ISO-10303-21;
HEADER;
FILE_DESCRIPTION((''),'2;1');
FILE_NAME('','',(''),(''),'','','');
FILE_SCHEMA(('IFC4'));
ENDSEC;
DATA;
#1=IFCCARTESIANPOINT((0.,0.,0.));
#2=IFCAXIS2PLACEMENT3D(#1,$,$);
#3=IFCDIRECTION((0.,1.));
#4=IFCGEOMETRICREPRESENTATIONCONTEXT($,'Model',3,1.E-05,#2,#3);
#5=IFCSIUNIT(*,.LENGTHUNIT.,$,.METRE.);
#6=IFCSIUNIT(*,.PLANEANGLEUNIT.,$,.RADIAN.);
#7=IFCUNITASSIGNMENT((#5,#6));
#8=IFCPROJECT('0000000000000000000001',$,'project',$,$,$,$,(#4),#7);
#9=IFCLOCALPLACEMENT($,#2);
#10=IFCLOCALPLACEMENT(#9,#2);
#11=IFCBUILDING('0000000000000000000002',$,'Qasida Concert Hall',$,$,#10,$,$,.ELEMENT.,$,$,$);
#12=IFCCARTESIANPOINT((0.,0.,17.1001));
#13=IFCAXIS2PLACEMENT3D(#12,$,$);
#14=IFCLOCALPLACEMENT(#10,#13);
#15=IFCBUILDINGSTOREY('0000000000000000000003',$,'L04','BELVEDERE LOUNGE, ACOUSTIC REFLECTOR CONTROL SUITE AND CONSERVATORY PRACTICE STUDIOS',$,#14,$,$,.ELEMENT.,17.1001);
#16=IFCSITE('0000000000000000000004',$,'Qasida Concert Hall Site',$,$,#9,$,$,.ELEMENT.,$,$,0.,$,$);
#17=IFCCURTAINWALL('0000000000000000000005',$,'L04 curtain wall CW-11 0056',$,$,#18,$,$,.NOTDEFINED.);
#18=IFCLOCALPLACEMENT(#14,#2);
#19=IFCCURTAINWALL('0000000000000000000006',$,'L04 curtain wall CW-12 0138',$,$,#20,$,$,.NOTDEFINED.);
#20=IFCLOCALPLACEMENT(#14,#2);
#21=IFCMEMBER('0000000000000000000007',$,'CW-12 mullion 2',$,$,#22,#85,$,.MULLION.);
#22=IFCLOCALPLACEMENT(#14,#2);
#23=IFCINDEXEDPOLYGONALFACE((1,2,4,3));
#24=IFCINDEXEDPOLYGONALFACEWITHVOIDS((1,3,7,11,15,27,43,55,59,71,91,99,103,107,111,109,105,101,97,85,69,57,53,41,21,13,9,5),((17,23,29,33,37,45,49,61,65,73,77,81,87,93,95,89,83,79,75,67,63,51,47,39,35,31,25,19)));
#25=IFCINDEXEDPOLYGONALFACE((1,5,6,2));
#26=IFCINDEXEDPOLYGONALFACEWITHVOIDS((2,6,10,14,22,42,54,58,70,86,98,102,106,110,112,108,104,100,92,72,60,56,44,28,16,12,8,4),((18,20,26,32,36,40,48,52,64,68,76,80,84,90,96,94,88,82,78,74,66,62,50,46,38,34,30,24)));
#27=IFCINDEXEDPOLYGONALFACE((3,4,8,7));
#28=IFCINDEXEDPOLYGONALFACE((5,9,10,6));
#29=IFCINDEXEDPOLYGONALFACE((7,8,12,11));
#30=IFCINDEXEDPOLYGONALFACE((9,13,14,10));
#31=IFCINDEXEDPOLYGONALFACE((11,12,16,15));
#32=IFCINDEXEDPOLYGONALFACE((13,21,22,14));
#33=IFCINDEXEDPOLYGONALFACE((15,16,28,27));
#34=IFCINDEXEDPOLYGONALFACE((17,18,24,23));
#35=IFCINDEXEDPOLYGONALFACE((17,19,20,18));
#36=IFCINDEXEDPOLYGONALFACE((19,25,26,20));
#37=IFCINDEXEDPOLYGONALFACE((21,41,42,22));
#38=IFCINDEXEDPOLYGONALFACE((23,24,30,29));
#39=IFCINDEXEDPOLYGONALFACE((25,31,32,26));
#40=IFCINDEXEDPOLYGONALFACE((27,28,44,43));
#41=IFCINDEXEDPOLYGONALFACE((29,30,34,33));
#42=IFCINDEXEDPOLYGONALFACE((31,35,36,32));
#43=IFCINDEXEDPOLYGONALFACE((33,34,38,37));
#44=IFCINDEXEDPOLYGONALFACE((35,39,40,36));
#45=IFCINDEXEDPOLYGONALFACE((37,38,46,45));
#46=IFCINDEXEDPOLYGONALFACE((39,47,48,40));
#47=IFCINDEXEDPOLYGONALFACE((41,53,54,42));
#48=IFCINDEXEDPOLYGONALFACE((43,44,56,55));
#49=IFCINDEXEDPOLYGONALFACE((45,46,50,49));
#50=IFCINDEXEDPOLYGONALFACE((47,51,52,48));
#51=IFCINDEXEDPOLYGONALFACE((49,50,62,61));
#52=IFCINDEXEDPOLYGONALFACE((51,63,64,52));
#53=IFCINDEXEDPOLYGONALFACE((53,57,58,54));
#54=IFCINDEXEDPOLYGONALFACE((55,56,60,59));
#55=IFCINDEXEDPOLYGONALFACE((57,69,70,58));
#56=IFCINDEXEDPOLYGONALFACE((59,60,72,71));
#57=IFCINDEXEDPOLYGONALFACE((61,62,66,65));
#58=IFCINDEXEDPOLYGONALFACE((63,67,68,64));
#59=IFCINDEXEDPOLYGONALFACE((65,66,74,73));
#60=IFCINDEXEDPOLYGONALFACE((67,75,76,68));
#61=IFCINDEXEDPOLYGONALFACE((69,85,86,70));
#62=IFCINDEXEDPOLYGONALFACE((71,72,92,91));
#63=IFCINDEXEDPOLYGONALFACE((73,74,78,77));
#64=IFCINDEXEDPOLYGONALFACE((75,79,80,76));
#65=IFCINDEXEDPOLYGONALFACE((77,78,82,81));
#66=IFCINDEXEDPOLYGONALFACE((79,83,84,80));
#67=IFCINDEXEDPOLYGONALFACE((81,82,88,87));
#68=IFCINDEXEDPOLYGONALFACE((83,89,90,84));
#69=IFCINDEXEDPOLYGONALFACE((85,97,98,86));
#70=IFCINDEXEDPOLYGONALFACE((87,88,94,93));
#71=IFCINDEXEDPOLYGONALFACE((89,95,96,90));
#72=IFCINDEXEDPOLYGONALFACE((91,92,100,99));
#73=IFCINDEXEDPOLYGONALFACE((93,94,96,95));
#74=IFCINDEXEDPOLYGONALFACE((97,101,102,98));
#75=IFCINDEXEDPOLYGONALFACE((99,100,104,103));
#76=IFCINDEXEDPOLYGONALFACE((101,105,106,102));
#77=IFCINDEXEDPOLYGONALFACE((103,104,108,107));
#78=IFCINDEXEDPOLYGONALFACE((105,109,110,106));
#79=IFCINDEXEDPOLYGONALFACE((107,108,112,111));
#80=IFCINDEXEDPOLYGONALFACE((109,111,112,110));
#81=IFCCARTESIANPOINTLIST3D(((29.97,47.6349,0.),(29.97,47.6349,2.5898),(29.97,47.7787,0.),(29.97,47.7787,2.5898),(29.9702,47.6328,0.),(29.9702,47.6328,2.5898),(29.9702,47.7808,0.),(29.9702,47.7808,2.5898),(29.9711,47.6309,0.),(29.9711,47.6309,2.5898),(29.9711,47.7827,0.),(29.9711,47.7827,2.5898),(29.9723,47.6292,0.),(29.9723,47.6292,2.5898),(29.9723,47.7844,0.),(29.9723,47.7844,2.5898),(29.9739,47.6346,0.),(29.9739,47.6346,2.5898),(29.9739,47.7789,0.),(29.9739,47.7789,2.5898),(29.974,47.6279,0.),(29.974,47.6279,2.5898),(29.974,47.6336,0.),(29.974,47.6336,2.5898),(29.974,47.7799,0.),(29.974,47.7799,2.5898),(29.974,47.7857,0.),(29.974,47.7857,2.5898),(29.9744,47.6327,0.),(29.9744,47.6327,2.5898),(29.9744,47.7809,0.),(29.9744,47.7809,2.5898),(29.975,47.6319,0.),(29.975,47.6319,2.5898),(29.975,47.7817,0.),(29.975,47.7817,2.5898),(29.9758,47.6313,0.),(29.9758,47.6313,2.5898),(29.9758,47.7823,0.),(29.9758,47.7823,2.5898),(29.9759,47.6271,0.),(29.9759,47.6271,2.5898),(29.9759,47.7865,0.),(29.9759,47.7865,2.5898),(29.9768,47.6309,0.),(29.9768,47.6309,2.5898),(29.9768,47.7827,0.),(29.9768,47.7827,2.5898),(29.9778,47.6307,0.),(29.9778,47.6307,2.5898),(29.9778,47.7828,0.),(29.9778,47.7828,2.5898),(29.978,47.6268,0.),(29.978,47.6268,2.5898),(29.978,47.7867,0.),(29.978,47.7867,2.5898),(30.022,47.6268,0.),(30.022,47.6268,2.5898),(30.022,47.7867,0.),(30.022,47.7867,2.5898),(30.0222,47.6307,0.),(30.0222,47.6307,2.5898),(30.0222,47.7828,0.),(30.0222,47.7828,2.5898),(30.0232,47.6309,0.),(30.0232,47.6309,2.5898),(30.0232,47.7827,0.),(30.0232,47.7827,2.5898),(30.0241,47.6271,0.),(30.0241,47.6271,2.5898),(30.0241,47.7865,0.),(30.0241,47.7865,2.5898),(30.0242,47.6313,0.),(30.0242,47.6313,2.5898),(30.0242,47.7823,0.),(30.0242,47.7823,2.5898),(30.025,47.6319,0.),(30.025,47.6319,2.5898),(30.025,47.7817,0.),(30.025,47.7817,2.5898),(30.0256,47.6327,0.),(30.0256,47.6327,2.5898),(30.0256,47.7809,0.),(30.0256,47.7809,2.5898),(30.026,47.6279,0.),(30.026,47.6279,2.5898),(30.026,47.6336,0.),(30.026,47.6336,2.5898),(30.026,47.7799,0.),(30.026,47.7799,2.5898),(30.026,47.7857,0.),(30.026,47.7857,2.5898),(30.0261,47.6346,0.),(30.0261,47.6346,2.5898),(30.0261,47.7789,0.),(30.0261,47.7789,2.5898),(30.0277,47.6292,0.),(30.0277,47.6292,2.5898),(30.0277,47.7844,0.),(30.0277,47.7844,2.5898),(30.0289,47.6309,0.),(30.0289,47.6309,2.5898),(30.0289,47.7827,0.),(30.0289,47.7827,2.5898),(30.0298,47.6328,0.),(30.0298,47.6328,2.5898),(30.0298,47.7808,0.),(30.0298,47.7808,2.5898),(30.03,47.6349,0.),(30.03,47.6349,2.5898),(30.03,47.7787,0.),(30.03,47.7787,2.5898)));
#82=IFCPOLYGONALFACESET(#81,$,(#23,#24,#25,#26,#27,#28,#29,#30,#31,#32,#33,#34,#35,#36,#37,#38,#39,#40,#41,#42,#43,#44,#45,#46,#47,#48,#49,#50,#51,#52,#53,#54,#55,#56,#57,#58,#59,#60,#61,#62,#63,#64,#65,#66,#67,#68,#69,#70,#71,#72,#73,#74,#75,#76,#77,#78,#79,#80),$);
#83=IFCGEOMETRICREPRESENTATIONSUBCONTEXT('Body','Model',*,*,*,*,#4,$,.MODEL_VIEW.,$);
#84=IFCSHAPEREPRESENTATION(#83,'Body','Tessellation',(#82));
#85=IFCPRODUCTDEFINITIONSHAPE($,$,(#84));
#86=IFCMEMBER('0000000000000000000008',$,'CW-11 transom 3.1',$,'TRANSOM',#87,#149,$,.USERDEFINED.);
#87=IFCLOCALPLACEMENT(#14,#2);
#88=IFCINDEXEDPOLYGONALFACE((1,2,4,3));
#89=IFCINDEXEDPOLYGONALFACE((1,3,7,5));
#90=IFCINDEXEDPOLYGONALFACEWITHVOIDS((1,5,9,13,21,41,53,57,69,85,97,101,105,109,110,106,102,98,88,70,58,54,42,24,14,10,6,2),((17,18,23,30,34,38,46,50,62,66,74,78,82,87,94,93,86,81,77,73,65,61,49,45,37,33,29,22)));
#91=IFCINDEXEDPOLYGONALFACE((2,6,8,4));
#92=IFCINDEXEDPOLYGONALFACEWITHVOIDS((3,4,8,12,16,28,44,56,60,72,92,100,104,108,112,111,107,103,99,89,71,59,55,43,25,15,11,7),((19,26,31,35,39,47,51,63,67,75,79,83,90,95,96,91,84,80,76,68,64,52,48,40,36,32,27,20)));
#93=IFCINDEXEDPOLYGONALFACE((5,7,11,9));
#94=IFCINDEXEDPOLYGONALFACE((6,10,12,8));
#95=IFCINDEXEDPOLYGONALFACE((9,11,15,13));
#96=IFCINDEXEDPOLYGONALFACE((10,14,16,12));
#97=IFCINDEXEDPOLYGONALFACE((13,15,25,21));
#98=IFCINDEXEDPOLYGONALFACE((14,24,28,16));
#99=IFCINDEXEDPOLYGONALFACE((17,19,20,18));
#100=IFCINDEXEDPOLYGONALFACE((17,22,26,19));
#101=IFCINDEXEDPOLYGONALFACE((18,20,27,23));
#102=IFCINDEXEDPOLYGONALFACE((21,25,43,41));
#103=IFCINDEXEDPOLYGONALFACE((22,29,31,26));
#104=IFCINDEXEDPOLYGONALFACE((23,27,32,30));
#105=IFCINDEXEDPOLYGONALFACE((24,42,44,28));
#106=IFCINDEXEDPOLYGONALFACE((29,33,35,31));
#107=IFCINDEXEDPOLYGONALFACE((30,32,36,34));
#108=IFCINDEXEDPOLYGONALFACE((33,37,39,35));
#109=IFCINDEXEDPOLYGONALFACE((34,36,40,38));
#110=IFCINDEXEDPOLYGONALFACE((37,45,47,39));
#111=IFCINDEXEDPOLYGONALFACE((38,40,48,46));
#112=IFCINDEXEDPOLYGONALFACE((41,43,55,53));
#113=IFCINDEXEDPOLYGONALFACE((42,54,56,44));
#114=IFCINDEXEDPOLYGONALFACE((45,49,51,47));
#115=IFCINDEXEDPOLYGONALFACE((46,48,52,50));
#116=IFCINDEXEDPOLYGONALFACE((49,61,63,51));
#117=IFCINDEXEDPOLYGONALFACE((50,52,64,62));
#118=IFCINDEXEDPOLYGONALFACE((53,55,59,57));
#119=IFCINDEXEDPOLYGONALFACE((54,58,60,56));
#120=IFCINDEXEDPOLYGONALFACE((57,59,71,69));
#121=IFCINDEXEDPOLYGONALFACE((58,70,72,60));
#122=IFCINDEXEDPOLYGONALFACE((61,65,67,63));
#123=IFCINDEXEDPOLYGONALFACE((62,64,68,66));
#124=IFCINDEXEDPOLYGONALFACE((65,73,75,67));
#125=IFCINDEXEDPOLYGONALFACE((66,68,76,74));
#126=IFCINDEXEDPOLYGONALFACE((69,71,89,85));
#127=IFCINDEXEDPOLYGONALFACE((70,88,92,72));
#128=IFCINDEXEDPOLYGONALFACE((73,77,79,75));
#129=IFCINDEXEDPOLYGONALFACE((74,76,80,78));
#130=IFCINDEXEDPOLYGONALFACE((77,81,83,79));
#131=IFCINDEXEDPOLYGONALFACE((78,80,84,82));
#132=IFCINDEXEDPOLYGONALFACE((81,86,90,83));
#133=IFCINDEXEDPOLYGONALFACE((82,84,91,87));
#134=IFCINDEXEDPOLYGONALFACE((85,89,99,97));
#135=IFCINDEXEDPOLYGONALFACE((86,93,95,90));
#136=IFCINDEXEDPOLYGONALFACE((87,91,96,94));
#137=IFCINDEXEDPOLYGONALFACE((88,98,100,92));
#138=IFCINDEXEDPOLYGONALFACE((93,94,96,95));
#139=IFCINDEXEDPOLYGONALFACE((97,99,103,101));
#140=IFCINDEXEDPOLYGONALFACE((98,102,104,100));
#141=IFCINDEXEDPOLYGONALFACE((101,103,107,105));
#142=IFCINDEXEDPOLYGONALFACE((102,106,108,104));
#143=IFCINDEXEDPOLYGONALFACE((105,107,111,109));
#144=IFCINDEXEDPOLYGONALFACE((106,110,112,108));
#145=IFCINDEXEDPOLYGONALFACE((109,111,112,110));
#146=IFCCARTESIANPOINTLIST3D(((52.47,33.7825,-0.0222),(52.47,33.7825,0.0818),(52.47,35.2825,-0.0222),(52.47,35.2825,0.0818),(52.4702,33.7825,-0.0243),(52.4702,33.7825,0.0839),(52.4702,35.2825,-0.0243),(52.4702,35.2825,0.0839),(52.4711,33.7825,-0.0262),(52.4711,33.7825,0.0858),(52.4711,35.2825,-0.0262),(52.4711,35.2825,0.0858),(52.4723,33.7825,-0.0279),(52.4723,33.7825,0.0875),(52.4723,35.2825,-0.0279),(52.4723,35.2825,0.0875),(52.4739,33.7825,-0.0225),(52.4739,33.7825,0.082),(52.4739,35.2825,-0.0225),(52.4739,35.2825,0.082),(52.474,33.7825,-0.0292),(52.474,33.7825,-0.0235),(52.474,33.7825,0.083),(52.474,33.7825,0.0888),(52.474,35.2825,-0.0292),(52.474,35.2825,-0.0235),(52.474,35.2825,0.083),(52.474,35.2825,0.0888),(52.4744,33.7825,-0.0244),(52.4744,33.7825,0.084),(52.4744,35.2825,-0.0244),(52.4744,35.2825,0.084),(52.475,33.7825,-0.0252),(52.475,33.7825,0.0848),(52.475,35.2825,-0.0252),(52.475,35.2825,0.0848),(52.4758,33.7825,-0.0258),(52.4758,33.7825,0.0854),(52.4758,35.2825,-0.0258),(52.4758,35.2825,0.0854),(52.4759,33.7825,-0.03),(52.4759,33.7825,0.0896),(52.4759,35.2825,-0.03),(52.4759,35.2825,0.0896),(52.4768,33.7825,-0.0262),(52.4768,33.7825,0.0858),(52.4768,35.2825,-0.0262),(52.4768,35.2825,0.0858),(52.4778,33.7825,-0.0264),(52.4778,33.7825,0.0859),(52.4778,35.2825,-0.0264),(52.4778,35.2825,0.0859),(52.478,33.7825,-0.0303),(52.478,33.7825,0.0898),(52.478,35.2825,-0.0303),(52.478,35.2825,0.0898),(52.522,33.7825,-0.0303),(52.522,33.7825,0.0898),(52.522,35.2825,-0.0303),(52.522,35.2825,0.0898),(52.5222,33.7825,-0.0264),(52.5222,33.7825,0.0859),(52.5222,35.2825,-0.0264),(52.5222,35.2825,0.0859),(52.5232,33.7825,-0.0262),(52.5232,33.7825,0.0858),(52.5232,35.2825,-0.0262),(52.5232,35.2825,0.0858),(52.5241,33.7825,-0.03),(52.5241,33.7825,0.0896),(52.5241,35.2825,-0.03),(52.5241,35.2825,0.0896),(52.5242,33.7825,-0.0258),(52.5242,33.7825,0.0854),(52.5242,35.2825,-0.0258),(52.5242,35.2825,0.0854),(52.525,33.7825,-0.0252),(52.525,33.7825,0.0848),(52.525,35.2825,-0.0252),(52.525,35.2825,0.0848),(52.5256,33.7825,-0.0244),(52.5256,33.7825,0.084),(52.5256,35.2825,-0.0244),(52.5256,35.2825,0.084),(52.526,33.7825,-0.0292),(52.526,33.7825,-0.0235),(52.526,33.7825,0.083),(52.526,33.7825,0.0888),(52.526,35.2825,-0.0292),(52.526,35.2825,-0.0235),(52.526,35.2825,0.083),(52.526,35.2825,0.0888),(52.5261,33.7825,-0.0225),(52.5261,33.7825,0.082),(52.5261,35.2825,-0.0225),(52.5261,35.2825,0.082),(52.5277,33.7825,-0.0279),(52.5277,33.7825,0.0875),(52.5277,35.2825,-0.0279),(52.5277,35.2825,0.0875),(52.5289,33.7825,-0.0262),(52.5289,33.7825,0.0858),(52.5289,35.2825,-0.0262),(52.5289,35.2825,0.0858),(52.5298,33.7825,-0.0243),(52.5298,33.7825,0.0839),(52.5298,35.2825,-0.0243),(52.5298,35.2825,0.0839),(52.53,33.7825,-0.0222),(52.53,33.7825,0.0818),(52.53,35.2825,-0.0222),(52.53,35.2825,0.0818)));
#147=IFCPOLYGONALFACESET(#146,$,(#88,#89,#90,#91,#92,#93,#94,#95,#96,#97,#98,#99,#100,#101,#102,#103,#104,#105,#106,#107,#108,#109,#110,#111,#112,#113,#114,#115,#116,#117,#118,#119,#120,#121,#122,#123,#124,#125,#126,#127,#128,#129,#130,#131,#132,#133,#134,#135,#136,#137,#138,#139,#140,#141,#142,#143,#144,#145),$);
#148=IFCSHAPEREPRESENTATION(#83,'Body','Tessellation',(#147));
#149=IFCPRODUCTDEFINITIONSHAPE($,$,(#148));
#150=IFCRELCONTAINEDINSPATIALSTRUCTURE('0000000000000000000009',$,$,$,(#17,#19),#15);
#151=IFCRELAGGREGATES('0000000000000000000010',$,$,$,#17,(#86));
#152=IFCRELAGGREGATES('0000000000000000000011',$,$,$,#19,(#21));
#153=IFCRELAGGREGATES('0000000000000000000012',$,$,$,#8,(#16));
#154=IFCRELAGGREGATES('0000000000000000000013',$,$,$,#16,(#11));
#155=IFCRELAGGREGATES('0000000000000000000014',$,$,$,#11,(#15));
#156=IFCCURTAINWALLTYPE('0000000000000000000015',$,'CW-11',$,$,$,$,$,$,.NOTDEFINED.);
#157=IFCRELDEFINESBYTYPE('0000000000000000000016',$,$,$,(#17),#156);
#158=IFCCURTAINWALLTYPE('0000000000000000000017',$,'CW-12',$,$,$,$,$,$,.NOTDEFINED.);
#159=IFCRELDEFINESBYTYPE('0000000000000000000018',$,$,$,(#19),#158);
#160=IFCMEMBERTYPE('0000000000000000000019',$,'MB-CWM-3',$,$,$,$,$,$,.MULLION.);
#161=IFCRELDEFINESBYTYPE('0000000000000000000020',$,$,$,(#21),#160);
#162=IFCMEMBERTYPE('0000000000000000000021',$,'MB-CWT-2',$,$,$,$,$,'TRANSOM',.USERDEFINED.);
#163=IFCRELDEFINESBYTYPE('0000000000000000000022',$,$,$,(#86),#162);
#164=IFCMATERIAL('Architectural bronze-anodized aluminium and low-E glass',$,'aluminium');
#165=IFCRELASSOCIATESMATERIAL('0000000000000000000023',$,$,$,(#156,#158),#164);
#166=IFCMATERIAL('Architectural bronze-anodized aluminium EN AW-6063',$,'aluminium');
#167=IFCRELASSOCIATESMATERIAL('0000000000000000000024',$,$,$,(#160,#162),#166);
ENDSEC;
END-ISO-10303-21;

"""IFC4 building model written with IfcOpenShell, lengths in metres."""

from ifc_helpers import new_model, si_unit, direction, frame, origin, origin_2d, place, context, subcontext, project, spatial, hollow_rectangle, extrude, material, material_profile, profile_set, type_object, element, aggregate, save


model = new_model("IFC4")

# Units and contexts
model_context = context("Model", 3, precision=1e-05, world=origin(), true_north=direction((0.0, 1.0)))
body_context = subcontext(model_context, "Body", "Model", "MODEL_VIEW")
ifc_project = project(units=[si_unit("LENGTHUNIT", "METRE"), si_unit("PLANEANGLEUNIT", "RADIAN")], contexts=[model_context])

# Site, building, storey
site_placement = place(None, origin())
site = spatial("IfcSite", under=ifc_project, at=site_placement, Name="Qasida Concert Hall Site", CompositionType="ELEMENT", RefElevation=0.0)
building_placement = place(site_placement, origin())
building = spatial("IfcBuilding", under=site, at=building_placement, Name="Qasida Concert Hall", CompositionType="ELEMENT")
storey_placement = place(building_placement, frame((0.0, 0.0, 17.1001)))
storey = spatial("IfcBuildingStorey", under=building, at=storey_placement, Name="L04", Description="BELVEDERE LOUNGE, ACOUSTIC REFLECTOR CONTROL SUITE AND CONSERVATORY PRACTICE STUDIOS", CompositionType="ELEMENT", Elevation=17.1001)

# Curtain wall
ifc_material_1 = material(Name="Architectural bronze-anodized aluminium and low-E glass", Category="aluminium")
curtain_wall_type_1 = type_object("IfcCurtainWallType", Name="CW-11", PredefinedType="NOTDEFINED", material=ifc_material_1)
curtain_wall_1_placement = place(storey_placement, origin())
curtain_wall_1 = element("IfcCurtainWall", 1, at=curtain_wall_1_placement, inside=storey, type_object=curtain_wall_type_1, Name="L04 curtain wall CW-11 0056", PredefinedType="NOTDEFINED")
ifc_material_2 = material(Name="Architectural bronze-anodized aluminium EN AW-6063", Category="aluminium")

# Curtain wall, member
curtain_wall_type_2 = type_object("IfcCurtainWallType", Name="CW-12", PredefinedType="NOTDEFINED", material=ifc_material_1)
curtain_wall_2_placement = place(storey_placement, origin())
curtain_wall_2 = element("IfcCurtainWall", 2, at=curtain_wall_2_placement, inside=storey, type_object=curtain_wall_type_2, Name="L04 curtain wall CW-12 0138", PredefinedType="NOTDEFINED")
ifc_material_profile_1 = material_profile(ifc_material_2, hollow_rectangle(XDim=0.0601, YDim=0.1599, WallThickness=0.0039, InnerFilletRadius=0.0039, OuterFilletRadius=0.0081, at=origin_2d()), Name="CWM 160x60x4")
ifc_profile_set_1 = profile_set([ifc_material_profile_1], Name="Architectural bronze-anodized aluminium EN AW-6063")
member_type_1 = type_object("IfcMemberType", Name="MB-CWM-3", PredefinedType="MULLION", material=ifc_profile_set_1)
member_1_placement = place(storey_placement, frame((30.0, 47.7068, 0.0), z_axis=(0.0, 0.0, 1.0), x_axis=(-1.0, 0.0, 0.0)))
member_1 = element("IfcMember", 3, at=member_1_placement, type_object=member_type_1, Name="CW-12 mullion 2", PredefinedType="MULLION", context=body_context, shape_type="SweptSolid", body=[
    extrude(hollow_rectangle(XDim=0.0601, YDim=0.1599, WallThickness=0.0039, InnerFilletRadius=0.0039, OuterFilletRadius=0.0081, at=origin_2d()), origin(), (0.0, 0.0, 1.0), 2.5898),
])

# Member
ifc_material_profile_2 = material_profile(ifc_material_2, hollow_rectangle(XDim=0.0601, YDim=0.1201, WallThickness=0.0039, InnerFilletRadius=0.0039, OuterFilletRadius=0.0081, at=origin_2d()), Name="CWT 120x60x4")
ifc_profile_set_2 = profile_set([ifc_material_profile_2], Name="Architectural bronze-anodized aluminium EN AW-6063")
member_type_2 = type_object("IfcMemberType", Name="MB-CWT-2", ElementType="TRANSOM", PredefinedType="USERDEFINED", material=ifc_profile_set_2)
member_2_placement = place(storey_placement, frame((52.5, 33.7825, 0.0298), z_axis=(0.0, 1.0, 0.0), x_axis=(-1.0, 0.0, 0.0)))
member_2 = element("IfcMember", 4, at=member_2_placement, type_object=member_type_2, Name="CW-11 transom 3.1", ObjectType="TRANSOM", PredefinedType="USERDEFINED", context=body_context, shape_type="SweptSolid", body=[
    extrude(hollow_rectangle(XDim=0.0601, YDim=0.1201, WallThickness=0.0039, InnerFilletRadius=0.0039, OuterFilletRadius=0.0081, at=origin_2d()), origin(), (0.0, 0.0, 1.0), 1.5),
])

aggregate(curtain_wall_1, [member_2])
aggregate(curtain_wall_2, [member_1])

save(model, "model.ifc")
